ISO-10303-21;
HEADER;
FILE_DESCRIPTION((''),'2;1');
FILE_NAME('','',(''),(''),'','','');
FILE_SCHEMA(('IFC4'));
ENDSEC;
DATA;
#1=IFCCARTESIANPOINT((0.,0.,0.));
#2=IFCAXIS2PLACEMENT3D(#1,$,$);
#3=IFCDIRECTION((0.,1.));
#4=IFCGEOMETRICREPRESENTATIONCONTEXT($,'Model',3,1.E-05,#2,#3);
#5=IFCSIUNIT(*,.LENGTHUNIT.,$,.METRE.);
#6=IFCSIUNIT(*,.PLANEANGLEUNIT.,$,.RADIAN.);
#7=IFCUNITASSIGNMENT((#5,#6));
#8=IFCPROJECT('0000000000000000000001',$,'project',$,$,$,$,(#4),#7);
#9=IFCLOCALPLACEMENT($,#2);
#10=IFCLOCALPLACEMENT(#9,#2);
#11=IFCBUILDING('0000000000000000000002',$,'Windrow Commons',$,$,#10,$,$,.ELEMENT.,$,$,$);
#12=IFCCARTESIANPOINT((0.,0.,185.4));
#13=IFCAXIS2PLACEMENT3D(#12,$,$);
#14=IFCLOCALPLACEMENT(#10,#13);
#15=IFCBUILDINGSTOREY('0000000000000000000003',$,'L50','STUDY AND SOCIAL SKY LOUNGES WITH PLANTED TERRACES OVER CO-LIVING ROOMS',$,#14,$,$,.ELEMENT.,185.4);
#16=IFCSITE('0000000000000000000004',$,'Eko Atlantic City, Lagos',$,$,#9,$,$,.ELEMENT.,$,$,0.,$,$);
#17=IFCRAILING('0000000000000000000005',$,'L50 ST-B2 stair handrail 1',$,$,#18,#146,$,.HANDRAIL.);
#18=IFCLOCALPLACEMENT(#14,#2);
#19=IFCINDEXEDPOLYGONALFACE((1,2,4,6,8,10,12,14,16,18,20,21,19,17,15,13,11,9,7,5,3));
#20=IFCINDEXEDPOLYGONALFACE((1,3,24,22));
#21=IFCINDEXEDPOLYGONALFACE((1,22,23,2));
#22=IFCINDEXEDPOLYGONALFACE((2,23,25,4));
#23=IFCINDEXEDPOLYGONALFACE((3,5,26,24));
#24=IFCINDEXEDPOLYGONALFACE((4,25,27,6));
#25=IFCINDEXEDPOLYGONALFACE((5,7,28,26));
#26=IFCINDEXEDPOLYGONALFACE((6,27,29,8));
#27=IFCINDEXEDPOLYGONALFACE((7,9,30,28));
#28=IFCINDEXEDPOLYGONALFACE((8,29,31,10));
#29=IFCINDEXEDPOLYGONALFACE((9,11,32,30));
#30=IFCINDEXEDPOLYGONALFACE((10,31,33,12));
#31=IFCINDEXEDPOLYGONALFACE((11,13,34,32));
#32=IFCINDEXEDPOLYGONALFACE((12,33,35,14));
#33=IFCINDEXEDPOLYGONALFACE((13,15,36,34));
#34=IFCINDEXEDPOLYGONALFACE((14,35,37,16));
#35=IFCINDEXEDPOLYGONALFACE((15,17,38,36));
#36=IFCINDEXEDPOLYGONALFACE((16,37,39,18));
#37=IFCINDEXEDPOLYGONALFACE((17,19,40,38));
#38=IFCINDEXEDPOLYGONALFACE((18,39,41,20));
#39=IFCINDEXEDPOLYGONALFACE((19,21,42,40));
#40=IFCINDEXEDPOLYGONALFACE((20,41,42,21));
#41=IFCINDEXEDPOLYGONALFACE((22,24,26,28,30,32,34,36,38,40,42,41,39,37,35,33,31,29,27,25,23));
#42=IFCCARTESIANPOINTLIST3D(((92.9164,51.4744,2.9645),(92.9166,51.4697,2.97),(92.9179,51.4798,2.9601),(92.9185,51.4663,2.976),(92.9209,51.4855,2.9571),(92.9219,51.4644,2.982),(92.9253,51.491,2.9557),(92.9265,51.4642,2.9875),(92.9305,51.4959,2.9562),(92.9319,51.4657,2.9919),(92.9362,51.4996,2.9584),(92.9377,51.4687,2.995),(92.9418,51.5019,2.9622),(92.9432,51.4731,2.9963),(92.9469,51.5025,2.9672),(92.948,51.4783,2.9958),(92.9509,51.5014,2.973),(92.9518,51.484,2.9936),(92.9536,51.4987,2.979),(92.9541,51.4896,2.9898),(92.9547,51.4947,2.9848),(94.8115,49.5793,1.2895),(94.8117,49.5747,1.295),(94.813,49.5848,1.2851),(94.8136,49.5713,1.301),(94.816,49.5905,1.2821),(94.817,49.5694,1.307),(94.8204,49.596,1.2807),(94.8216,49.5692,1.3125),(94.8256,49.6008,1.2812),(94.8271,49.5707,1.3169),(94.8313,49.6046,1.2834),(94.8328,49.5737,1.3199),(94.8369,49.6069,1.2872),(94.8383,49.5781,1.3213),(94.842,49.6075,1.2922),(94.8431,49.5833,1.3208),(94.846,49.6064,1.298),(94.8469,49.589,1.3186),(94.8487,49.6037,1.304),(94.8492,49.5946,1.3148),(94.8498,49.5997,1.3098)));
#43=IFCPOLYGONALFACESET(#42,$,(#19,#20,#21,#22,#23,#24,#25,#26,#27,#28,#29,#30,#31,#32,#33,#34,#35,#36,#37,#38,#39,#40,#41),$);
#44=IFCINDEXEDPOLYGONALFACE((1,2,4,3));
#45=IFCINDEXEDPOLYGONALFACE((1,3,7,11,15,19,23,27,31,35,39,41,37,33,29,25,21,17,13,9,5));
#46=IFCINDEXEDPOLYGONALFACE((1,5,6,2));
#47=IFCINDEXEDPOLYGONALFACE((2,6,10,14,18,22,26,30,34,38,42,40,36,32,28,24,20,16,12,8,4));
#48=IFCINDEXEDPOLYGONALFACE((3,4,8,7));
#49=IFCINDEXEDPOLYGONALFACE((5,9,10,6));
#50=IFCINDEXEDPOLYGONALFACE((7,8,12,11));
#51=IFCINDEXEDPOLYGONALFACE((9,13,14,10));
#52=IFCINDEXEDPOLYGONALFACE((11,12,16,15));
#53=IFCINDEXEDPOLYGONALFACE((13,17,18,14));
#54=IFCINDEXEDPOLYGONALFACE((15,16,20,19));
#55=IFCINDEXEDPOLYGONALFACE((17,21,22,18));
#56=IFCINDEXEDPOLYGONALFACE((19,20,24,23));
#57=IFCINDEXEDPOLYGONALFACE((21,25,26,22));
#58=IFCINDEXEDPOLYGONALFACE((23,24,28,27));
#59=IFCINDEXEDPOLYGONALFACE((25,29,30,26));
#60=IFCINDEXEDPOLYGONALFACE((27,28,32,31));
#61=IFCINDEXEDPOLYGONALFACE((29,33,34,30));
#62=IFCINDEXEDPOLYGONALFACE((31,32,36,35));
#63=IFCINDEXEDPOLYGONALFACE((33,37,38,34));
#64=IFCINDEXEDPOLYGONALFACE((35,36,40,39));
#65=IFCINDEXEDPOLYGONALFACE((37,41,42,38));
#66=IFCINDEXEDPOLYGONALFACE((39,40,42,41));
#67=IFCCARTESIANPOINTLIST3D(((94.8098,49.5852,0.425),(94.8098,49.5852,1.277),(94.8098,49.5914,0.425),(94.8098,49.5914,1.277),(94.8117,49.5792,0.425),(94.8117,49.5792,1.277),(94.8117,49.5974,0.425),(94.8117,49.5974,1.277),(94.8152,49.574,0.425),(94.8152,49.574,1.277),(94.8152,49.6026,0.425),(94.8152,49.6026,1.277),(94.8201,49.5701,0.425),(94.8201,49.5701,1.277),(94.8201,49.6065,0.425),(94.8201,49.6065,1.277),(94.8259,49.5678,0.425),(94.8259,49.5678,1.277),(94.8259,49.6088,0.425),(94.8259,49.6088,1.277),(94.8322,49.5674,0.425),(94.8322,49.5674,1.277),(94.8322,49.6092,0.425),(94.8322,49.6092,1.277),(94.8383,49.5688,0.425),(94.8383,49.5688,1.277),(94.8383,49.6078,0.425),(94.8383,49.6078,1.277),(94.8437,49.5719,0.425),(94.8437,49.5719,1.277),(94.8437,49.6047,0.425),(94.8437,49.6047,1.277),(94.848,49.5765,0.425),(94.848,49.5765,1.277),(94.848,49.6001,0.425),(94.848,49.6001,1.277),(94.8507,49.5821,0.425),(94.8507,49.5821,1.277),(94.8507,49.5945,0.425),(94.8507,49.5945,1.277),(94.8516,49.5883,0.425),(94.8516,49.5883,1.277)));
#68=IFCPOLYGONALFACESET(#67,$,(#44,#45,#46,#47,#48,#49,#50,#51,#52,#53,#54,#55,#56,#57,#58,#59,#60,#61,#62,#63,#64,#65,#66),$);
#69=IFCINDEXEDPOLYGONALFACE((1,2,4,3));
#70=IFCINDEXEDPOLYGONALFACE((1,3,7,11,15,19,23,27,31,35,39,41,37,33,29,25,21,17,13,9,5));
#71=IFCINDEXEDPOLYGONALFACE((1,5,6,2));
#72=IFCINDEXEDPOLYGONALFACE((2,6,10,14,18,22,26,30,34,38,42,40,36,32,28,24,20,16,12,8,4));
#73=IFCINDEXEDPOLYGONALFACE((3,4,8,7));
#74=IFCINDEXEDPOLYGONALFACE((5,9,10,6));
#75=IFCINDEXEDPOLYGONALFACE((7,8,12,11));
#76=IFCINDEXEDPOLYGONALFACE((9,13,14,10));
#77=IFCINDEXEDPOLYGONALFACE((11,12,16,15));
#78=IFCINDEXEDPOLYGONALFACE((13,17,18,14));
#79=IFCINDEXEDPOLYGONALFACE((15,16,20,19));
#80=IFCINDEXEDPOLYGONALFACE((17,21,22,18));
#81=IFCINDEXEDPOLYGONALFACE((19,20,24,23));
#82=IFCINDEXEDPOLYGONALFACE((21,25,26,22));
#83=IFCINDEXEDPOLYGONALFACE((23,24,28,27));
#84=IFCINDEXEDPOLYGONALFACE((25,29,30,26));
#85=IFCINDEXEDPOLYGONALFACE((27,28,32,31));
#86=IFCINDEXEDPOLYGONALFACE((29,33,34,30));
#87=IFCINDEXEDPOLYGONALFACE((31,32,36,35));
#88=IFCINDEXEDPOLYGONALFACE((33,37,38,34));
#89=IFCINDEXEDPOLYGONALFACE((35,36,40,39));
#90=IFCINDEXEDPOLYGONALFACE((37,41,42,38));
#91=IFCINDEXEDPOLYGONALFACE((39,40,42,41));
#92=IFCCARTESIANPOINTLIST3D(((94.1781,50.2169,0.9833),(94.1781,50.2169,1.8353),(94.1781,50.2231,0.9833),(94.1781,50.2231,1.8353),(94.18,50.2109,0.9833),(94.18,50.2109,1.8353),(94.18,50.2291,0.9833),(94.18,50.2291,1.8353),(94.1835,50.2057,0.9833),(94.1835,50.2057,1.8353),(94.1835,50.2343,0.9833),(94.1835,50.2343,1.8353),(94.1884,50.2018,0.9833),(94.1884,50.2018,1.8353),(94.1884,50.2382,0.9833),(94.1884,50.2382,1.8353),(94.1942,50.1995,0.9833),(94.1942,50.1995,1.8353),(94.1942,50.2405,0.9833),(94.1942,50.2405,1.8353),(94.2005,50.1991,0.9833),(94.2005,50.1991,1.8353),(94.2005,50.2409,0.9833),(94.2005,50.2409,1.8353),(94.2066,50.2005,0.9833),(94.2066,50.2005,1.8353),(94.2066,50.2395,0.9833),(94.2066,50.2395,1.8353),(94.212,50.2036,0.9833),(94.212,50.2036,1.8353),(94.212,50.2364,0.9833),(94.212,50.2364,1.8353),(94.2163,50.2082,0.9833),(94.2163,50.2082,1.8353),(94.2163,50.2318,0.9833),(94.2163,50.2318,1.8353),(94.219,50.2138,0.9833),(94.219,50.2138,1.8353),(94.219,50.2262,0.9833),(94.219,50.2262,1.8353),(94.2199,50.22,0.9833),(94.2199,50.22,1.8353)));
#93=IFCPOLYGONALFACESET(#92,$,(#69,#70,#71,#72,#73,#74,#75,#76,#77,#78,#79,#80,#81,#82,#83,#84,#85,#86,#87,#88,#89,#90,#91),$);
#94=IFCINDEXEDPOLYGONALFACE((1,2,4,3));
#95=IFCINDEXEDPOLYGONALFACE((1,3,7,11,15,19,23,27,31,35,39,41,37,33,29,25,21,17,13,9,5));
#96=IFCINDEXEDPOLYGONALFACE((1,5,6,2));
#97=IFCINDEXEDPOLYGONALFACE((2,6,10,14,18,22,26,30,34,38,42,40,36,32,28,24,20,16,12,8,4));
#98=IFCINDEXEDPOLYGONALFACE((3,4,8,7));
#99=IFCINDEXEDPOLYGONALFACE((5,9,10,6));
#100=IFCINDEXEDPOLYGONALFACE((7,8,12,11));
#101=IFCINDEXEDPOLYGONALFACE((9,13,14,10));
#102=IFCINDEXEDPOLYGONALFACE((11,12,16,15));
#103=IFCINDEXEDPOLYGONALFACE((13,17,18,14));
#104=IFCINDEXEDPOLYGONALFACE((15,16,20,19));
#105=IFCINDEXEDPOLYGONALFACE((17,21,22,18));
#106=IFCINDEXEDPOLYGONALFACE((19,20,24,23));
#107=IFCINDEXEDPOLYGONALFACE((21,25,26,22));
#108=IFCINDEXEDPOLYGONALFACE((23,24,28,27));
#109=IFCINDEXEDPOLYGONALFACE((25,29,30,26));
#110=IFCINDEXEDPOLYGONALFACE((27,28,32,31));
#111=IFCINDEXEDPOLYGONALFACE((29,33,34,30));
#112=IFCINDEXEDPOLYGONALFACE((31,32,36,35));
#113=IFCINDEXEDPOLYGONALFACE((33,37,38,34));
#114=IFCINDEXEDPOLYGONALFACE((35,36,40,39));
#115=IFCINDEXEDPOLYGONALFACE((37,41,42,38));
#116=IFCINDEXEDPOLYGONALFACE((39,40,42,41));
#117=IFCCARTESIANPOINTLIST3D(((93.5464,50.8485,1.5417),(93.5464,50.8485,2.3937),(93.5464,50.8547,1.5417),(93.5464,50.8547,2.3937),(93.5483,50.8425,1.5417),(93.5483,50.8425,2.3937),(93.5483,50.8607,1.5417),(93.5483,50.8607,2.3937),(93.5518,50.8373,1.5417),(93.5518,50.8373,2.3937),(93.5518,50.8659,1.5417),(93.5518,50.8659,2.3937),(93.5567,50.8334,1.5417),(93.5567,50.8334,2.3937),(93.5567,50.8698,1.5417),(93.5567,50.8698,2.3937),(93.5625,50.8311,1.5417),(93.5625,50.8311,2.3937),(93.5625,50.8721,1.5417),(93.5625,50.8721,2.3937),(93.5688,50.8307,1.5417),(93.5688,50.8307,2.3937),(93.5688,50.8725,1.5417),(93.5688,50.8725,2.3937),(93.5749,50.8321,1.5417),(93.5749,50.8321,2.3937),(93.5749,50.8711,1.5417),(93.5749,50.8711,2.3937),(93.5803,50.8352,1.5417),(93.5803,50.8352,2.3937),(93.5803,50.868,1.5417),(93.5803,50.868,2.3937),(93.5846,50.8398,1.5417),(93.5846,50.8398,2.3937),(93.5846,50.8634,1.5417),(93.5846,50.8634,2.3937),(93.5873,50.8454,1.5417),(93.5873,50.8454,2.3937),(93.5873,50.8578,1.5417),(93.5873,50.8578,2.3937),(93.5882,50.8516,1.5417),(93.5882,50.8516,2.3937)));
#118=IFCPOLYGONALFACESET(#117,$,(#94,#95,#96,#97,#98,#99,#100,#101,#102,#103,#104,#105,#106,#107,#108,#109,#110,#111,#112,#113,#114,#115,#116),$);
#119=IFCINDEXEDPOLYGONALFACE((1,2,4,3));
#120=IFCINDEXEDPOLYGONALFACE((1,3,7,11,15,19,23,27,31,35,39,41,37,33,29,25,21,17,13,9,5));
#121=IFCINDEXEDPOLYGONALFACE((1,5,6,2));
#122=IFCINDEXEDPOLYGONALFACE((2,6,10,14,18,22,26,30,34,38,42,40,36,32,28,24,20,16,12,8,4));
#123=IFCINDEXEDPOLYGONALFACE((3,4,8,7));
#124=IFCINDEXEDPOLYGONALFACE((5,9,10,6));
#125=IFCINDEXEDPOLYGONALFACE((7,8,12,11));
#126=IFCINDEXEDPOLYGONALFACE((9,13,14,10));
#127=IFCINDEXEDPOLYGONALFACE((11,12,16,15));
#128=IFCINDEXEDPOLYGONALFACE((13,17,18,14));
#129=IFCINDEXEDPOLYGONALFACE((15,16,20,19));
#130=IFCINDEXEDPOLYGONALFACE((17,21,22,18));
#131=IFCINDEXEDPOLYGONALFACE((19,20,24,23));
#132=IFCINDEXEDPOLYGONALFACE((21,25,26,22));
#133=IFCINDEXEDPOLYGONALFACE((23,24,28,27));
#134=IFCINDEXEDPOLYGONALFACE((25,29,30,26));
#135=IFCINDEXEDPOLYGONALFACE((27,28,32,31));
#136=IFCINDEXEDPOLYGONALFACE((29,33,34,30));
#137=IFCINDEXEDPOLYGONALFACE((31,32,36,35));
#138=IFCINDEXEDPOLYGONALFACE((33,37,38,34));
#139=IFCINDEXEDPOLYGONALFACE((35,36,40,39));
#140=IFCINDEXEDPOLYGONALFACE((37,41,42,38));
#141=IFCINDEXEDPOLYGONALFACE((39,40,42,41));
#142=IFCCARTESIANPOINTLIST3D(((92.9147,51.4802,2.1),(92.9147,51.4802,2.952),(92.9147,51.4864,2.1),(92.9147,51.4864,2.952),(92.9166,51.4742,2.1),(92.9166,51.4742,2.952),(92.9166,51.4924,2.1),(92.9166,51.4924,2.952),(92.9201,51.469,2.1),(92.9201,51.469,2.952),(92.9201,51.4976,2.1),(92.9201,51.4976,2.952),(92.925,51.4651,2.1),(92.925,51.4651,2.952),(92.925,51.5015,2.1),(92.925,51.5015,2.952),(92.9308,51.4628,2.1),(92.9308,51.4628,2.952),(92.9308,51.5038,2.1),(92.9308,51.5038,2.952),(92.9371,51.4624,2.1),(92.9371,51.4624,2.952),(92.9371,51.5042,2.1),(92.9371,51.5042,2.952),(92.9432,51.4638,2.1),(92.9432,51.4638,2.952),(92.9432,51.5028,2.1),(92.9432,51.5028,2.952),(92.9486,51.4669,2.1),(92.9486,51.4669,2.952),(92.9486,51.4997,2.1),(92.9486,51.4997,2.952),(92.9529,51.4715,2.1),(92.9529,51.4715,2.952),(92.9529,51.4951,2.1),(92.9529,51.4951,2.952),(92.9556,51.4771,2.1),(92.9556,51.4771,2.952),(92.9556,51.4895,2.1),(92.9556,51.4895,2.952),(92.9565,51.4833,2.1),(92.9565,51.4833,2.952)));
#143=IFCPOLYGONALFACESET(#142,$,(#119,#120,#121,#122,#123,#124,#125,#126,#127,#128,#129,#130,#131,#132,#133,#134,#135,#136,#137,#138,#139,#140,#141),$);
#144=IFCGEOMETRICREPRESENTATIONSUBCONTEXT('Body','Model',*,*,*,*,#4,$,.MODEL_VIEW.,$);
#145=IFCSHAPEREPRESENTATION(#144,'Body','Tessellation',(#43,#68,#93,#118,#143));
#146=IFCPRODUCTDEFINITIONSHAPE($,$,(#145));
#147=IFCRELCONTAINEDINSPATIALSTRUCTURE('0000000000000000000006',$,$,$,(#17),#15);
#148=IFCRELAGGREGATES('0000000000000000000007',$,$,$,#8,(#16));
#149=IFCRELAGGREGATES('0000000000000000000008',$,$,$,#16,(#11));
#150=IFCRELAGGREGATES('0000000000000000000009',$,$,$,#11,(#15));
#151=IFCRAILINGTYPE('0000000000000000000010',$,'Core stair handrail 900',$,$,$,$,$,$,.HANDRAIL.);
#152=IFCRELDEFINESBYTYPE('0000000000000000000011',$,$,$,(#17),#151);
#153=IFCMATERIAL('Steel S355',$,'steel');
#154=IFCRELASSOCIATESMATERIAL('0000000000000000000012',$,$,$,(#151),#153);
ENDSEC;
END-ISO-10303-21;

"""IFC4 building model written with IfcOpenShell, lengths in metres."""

from ifc_helpers import new_model, si_unit, direction, frame, origin, origin_2d, place, context, subcontext, project, spatial, circle, extrude, material, type_object, element, save


model = new_model("IFC4")

# Units and contexts
model_context = context("Model", 3, precision=1e-05, world=origin(), true_north=direction((0.0, 1.0)))
body_context = subcontext(model_context, "Body", "Model", "MODEL_VIEW")
ifc_project = project(units=[si_unit("LENGTHUNIT", "METRE"), si_unit("PLANEANGLEUNIT", "RADIAN")], contexts=[model_context])

# Site, building, storey
site_placement = place(None, origin())
site = spatial("IfcSite", under=ifc_project, at=site_placement, Name="Eko Atlantic City, Lagos", CompositionType="ELEMENT", RefElevation=0.0)
building_placement = place(site_placement, origin())
building = spatial("IfcBuilding", under=site, at=building_placement, Name="Windrow Commons", CompositionType="ELEMENT")
storey_placement = place(building_placement, frame((0.0, 0.0, 185.4)))
storey = spatial("IfcBuildingStorey", under=building, at=storey_placement, Name="L50", Description="STUDY AND SOCIAL SKY LOUNGES WITH PLANTED TERRACES OVER CO-LIVING ROOMS", CompositionType="ELEMENT", Elevation=185.4)

# Railing
ifc_material_1 = material(Name="Steel S355", Category="steel")
railing_type_1 = type_object("IfcRailingType", Name="Core stair handrail 900", PredefinedType="HANDRAIL", material=ifc_material_1)
railing_1_placement = place(storey_placement, frame((94.8306, 49.5883, 0.425)))
element("IfcRailing", 1, at=railing_1_placement, inside=storey, type_object=railing_type_1, Name="L50 ST-B2 stair handrail 1", PredefinedType="HANDRAIL", context=body_context, shape_type="SweptSolid", body=[
    extrude(circle(Radius=0.024, at=origin_2d()), frame((0.0, 0.0, 0.876), z_axis=(-0.599642, 0.59961, 0.529998), x_axis=(-0.707088, -0.707125, 0.0)), (0.0, 0.0, 1.0), 3.1604),
    extrude(circle(Radius=0.021, at=origin_2d()), origin(), (0.0, 0.0, 1.0), 0.852),
    extrude(circle(Radius=0.021, at=origin_2d()), frame((-0.6317, 0.6317, 0.5583)), (0.0, 0.0, 1.0), 0.852),
    extrude(circle(Radius=0.021, at=origin_2d()), frame((-1.2634, 1.2633, 1.1167)), (0.0, 0.0, 1.0), 0.852),
    extrude(circle(Radius=0.021, at=origin_2d()), frame((-1.8951, 1.895, 1.675)), (0.0, 0.0, 1.0), 0.852),
])

save(model, "model.ifc")
